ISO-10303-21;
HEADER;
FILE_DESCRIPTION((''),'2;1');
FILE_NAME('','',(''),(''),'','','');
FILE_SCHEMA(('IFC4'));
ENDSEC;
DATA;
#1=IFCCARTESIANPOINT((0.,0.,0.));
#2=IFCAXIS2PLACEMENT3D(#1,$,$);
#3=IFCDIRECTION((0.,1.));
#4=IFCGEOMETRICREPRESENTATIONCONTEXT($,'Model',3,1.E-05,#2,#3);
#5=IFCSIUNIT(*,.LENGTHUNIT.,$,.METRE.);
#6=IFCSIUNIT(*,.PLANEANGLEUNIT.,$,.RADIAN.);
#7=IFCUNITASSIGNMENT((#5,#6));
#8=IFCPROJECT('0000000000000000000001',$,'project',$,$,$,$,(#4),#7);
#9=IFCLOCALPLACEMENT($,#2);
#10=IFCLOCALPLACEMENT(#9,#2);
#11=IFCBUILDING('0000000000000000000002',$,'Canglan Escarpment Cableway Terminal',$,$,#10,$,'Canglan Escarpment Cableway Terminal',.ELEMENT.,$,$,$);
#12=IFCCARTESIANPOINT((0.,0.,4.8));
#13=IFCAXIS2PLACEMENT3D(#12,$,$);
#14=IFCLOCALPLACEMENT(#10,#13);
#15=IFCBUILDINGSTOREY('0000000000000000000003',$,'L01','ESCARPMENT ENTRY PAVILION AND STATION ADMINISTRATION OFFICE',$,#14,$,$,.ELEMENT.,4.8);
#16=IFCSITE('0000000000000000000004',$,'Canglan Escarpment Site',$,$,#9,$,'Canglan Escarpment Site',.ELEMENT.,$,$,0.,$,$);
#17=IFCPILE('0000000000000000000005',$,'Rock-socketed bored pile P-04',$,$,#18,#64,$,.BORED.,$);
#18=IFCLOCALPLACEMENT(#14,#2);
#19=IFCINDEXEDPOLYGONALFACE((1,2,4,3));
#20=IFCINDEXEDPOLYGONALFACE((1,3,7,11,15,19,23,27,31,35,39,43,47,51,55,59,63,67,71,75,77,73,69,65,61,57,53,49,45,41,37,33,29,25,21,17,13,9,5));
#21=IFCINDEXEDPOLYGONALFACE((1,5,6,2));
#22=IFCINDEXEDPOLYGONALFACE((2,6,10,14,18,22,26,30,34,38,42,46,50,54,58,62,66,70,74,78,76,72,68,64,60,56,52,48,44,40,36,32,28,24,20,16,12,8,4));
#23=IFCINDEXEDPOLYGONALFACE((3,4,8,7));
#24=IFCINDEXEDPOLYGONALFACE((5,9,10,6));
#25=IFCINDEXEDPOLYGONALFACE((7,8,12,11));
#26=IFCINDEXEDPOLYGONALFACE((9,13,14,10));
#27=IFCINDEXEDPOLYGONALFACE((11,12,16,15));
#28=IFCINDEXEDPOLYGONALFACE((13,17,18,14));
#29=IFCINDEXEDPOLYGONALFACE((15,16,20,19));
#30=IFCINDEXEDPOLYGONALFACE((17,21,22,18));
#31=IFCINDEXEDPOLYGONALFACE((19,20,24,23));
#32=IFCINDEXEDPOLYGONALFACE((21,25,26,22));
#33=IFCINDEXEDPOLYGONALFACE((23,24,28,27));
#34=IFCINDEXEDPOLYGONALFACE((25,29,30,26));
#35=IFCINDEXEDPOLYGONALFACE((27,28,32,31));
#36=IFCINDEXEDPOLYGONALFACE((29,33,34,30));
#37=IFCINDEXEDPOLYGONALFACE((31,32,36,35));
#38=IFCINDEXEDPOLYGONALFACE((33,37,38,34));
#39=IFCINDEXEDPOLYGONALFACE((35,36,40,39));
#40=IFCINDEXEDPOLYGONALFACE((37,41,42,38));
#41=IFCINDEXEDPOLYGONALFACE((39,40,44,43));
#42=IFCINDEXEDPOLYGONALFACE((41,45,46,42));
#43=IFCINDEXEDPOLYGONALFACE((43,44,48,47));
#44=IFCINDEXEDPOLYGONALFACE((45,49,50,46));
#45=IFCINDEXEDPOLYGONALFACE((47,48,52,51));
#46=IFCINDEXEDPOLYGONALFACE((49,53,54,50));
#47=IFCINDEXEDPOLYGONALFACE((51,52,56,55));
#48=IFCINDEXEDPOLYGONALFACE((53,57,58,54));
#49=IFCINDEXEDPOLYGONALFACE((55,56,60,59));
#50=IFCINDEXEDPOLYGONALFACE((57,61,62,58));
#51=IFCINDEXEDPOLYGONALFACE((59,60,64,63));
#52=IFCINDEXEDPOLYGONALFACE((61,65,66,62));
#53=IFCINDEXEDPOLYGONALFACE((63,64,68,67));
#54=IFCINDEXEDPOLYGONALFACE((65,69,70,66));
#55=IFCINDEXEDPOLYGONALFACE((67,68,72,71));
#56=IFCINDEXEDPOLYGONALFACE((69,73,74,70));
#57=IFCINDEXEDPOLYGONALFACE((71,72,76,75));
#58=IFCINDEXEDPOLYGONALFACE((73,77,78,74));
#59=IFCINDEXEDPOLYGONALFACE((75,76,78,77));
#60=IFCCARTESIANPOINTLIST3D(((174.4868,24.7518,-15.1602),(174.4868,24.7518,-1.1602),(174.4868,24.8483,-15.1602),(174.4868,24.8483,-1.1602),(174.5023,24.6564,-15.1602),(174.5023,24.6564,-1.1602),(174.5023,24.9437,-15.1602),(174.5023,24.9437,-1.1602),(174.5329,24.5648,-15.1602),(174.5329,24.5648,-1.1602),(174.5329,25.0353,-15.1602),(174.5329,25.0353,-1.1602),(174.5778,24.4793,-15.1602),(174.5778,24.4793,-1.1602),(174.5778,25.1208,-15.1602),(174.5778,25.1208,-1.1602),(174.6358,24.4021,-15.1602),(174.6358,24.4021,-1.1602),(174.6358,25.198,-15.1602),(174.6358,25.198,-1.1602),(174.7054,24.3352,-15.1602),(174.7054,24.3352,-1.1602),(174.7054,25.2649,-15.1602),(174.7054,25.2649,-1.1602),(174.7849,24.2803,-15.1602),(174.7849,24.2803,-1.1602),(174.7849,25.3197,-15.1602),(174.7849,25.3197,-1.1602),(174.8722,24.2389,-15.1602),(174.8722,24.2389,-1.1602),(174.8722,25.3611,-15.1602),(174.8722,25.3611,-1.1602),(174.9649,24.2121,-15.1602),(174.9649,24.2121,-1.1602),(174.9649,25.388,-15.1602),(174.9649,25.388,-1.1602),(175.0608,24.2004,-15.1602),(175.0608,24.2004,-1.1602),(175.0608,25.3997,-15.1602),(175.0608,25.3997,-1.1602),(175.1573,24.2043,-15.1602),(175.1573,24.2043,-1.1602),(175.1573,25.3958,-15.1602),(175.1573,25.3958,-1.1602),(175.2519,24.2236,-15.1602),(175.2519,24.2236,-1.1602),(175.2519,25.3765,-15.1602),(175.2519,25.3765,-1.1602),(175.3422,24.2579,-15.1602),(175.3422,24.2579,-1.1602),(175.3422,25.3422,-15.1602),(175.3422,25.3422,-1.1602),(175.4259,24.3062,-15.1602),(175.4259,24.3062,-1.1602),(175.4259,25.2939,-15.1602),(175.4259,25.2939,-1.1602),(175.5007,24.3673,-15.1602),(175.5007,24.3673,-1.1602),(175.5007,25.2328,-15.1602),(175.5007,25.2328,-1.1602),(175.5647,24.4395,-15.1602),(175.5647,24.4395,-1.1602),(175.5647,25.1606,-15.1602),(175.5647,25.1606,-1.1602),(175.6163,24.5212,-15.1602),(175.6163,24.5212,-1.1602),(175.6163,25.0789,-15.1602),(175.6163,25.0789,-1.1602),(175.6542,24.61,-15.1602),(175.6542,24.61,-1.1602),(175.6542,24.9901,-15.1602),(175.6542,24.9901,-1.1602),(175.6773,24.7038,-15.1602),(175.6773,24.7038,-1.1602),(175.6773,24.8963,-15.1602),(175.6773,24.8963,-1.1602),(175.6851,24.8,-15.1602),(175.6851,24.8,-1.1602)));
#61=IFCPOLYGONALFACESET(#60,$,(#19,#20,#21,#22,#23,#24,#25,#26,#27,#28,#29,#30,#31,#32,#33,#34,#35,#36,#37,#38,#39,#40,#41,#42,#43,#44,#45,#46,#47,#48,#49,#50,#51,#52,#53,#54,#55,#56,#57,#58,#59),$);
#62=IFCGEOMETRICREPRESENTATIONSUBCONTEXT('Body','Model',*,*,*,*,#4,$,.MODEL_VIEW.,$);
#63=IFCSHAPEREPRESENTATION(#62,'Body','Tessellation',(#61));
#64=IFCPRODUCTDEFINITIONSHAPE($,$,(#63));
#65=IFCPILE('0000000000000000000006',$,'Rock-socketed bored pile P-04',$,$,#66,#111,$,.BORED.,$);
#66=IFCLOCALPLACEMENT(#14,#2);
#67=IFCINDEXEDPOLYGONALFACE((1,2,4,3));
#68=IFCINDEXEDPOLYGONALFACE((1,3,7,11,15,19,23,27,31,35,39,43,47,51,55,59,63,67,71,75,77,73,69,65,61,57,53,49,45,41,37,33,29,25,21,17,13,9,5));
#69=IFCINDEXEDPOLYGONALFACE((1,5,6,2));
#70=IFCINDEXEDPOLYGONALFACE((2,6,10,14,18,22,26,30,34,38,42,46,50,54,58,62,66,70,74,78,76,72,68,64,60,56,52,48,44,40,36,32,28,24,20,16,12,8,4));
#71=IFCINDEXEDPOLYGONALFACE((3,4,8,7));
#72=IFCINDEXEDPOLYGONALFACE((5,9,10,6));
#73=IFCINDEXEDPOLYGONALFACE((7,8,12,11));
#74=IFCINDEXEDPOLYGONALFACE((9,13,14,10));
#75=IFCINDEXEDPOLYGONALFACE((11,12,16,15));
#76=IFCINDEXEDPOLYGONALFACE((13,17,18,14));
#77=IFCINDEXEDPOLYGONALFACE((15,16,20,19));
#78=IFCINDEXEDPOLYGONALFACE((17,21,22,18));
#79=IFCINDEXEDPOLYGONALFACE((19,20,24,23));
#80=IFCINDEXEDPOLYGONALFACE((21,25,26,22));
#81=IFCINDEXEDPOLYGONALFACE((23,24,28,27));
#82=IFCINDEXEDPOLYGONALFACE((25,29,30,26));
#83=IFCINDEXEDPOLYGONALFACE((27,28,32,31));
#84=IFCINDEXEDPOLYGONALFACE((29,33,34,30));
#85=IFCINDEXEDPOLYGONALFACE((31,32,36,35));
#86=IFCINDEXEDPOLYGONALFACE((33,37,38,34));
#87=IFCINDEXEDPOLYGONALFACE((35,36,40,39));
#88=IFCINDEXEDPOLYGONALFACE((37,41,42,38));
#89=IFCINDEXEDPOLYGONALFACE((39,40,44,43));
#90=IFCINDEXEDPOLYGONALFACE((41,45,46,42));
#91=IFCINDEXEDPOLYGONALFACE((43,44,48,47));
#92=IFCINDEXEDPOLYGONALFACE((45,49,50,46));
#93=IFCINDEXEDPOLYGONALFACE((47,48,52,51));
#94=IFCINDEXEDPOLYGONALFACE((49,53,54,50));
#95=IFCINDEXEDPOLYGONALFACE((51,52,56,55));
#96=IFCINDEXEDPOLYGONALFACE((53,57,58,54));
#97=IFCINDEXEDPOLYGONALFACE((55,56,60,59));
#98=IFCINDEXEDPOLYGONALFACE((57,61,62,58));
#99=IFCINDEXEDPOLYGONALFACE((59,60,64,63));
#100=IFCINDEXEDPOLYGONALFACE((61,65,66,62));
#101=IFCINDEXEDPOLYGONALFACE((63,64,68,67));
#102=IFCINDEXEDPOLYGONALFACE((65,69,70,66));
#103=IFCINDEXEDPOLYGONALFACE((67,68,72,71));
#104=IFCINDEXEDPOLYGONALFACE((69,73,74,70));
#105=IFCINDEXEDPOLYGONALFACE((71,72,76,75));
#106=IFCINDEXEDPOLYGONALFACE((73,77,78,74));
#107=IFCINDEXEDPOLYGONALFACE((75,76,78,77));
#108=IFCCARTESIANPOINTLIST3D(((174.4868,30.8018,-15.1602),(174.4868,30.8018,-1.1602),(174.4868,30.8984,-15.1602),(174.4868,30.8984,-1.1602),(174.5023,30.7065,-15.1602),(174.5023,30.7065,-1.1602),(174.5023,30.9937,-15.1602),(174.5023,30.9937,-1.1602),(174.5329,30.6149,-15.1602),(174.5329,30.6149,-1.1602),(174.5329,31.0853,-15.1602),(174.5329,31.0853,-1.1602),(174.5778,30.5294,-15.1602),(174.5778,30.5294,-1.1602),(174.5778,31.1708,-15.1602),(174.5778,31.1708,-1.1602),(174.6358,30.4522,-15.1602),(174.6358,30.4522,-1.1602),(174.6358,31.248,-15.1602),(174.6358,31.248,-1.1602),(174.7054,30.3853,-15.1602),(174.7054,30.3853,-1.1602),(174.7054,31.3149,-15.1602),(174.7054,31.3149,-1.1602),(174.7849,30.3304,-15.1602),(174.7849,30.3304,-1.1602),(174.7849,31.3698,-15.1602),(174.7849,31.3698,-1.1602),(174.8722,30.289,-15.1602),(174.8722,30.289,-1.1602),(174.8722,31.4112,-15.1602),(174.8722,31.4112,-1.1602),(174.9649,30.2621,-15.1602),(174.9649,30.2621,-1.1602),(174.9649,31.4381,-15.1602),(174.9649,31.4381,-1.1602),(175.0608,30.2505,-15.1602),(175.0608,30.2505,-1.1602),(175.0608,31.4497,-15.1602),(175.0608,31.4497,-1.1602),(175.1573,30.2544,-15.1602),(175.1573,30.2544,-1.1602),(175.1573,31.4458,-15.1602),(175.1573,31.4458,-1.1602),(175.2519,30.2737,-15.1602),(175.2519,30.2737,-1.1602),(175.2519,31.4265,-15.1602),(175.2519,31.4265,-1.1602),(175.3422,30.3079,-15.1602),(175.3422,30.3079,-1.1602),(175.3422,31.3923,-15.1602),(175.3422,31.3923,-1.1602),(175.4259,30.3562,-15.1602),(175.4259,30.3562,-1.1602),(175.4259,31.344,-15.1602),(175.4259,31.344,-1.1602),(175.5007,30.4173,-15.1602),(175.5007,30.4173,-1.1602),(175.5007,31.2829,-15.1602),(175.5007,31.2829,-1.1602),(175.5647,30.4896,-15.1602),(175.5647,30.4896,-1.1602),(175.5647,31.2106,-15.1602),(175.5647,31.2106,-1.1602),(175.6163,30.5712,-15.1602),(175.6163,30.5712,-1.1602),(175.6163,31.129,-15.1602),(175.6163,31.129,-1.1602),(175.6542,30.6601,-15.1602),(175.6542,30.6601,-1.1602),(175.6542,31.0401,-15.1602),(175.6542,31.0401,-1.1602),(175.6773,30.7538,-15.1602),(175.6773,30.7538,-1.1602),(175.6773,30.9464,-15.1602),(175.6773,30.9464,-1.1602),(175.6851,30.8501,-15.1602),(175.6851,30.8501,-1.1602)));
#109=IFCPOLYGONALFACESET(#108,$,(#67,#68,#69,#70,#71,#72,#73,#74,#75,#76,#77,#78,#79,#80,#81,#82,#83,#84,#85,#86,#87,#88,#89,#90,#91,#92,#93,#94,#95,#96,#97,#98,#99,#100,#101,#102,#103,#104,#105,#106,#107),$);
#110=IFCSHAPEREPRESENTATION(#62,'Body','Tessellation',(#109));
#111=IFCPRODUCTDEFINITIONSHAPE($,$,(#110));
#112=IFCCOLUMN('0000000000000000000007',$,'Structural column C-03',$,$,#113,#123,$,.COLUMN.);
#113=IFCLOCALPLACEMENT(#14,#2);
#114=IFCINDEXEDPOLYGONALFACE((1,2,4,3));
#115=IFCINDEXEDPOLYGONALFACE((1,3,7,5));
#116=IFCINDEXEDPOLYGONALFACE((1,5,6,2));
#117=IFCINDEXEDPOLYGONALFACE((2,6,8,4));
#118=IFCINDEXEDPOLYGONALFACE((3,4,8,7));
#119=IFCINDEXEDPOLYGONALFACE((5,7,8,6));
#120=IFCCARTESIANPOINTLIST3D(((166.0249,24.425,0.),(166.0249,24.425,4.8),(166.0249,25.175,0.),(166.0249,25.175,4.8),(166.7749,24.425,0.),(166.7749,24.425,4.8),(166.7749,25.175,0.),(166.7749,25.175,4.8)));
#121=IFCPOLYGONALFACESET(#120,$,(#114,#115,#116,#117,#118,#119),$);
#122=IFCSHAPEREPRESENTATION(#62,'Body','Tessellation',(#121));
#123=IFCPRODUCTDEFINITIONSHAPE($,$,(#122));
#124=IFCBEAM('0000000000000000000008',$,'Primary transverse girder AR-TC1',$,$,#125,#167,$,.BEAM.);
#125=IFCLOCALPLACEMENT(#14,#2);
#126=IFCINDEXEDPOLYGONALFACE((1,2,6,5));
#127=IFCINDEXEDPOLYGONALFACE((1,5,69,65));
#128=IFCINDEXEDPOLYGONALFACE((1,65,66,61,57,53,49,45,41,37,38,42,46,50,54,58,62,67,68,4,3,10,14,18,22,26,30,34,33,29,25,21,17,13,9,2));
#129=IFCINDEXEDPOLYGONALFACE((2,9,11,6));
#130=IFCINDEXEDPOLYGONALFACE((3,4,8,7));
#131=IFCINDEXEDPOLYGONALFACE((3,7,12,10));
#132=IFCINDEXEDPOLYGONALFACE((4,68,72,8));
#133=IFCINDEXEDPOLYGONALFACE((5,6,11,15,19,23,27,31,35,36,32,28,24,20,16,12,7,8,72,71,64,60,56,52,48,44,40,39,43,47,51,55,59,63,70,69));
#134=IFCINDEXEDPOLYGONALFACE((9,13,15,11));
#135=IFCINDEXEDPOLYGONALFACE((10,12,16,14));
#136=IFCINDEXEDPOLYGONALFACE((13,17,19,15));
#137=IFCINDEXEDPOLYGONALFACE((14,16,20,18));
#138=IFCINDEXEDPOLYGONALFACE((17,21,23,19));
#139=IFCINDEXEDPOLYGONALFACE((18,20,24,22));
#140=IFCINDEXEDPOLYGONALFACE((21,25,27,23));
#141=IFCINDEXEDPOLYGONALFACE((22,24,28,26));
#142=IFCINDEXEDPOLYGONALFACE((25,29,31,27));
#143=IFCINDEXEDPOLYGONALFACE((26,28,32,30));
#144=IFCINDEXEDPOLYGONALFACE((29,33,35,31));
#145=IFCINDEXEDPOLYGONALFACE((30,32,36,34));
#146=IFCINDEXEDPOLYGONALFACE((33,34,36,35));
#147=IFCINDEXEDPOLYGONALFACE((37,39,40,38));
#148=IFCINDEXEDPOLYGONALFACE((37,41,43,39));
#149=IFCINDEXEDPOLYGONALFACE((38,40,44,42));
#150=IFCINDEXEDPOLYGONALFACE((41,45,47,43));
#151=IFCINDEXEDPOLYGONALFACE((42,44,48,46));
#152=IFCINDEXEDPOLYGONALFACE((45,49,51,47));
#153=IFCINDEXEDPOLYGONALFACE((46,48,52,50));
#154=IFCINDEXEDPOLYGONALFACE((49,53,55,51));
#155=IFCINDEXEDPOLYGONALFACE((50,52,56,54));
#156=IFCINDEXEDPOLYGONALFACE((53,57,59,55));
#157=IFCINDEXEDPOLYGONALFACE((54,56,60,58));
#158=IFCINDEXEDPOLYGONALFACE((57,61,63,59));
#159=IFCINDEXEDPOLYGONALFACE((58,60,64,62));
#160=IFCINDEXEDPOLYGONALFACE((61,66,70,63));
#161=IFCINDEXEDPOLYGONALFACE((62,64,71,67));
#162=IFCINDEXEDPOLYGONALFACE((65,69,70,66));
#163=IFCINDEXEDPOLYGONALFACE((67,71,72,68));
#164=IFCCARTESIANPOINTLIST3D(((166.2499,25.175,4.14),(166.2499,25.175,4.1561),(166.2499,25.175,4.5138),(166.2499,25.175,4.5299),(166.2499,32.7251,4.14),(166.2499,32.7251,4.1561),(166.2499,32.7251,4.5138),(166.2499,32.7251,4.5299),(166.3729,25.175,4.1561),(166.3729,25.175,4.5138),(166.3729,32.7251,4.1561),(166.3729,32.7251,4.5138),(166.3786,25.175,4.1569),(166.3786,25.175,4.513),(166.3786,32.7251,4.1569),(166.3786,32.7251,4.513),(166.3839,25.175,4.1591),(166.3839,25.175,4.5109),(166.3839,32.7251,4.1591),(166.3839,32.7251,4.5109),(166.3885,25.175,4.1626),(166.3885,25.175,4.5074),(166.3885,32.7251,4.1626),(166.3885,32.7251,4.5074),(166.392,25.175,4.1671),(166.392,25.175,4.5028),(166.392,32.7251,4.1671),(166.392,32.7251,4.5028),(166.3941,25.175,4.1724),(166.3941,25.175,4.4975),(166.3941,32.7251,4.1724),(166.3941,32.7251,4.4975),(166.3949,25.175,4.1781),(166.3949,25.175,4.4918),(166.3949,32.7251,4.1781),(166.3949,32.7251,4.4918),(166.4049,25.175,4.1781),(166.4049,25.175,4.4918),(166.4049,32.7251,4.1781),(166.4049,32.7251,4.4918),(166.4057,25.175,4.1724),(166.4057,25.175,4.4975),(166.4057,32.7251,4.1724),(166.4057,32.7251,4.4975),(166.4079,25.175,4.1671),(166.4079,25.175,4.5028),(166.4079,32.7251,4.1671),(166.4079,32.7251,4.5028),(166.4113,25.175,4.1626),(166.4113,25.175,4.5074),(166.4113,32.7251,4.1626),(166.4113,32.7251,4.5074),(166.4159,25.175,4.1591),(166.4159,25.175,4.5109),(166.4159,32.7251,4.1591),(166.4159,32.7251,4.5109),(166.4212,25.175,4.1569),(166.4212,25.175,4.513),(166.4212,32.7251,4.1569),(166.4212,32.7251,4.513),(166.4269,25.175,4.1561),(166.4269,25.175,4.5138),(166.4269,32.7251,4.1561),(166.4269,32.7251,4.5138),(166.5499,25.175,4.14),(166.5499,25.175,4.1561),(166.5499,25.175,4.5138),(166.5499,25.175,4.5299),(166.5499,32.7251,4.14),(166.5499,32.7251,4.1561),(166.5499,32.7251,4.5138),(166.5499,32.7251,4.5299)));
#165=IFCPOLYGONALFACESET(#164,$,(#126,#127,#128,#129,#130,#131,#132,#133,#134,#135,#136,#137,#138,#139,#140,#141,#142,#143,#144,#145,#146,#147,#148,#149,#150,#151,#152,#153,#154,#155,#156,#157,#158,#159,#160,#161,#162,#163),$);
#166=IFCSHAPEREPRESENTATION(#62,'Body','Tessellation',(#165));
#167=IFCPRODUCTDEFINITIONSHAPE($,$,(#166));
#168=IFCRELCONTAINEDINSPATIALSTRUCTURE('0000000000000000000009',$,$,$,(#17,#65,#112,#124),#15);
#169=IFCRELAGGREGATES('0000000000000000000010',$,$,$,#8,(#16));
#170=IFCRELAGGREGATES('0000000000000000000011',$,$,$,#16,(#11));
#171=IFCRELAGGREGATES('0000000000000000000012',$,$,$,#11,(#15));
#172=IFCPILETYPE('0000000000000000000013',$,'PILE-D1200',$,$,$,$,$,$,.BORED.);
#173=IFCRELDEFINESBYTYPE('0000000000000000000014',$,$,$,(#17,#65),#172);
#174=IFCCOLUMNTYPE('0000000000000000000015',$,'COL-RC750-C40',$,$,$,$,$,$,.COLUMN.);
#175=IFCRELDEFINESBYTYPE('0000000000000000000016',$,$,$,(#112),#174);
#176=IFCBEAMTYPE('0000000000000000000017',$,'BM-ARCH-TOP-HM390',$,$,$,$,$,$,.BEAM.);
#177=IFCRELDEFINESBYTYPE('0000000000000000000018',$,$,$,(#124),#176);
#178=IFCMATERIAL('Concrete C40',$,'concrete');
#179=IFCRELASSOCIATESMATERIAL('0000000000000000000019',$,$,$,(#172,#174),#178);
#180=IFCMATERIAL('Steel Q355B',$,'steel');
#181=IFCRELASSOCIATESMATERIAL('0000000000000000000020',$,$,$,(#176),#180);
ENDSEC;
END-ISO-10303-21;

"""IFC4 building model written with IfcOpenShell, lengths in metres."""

from ifc_helpers import new_model, si_unit, direction, frame, origin, origin_2d, place, context, subcontext, project, spatial, rectangle, circle, i_section, extrude, material, material_profile, profile_set, type_object, element, save


model = new_model("IFC4")

# Units and contexts
model_context = context("Model", 3, precision=1e-05, world=origin(), true_north=direction((0.0, 1.0)))
body_context = subcontext(model_context, "Body", "Model", "MODEL_VIEW")
ifc_project = project(units=[si_unit("LENGTHUNIT", "METRE"), si_unit("PLANEANGLEUNIT", "RADIAN")], contexts=[model_context])

# Site, building, storey
site_placement = place(None, origin())
site = spatial("IfcSite", under=ifc_project, at=site_placement, Name="Canglan Escarpment Site", LongName="Canglan Escarpment Site", CompositionType="ELEMENT", RefElevation=0.0)
building_placement = place(site_placement, origin())
building = spatial("IfcBuilding", under=site, at=building_placement, Name="Canglan Escarpment Cableway Terminal", LongName="Canglan Escarpment Cableway Terminal", CompositionType="ELEMENT")
storey_placement = place(building_placement, frame((0.0, 0.0, 4.8)))
storey = spatial("IfcBuildingStorey", under=building, at=storey_placement, Name="L01", Description="ESCARPMENT ENTRY PAVILION AND STATION ADMINISTRATION OFFICE", CompositionType="ELEMENT", Elevation=4.8)

# Shared definitions
ifc_material_1 = material(Name="Concrete C40", Category="concrete")

# Piles
ifc_material_profile_1 = material_profile(ifc_material_1, circle(Radius=0.6001, at=origin_2d()), Name="BORED PILE D1200")
ifc_profile_set_1 = profile_set([ifc_material_profile_1], Name="Concrete C40")
pile_type = type_object("IfcPileType", Name="PILE-D1200", PredefinedType="BORED", material=ifc_profile_set_1)
for number, where, z_axis, x_axis, name in (
    (1, (175.085, 24.8, -1.1602), (0.0, 0.0, -1.0), (1.0, 0.0, 0.0), "Rock-socketed bored pile P-04"),
    (2, (175.085, 30.8501, -1.1602), (0.0, 0.0, -1.0), (1.0, 0.0, 0.0), "Rock-socketed bored pile P-04"),
):
    element("IfcPile", number, at=place(storey_placement, frame(where, z_axis=z_axis, x_axis=x_axis)), inside=storey, type_object=pile_type, Name=name, PredefinedType="BORED", context=body_context, shape_type="SweptSolid", body=[
        extrude(circle(Radius=0.6001, at=origin_2d()), origin(), (0.0, 0.0, 1.0), 14.0),
    ])

# Column
ifc_material_profile_2 = material_profile(ifc_material_1, rectangle(XDim=0.75, YDim=0.75, at=origin_2d()), Name="RC 750x750")
ifc_profile_set_2 = profile_set([ifc_material_profile_2], Name="Concrete C40")
column_type = type_object("IfcColumnType", Name="COL-RC750-C40", PredefinedType="COLUMN", material=ifc_profile_set_2)
column_placement = place(storey_placement, frame((166.3999, 24.8, 0.0), z_axis=(0.0, 0.0, 1.0), x_axis=(1.0, 0.0, 0.0)))
element("IfcColumn", 3, at=column_placement, inside=storey, type_object=column_type, Name="Structural column C-03", PredefinedType="COLUMN", context=body_context, shape_type="SweptSolid", body=[
    extrude(rectangle(XDim=0.75, YDim=0.75, at=origin_2d()), origin(), (0.0, 0.0, 1.0), 4.8),
])

# Beam
ifc_material_2 = material(Name="Steel Q355B", Category="steel")
ifc_material_profile_3 = material_profile(ifc_material_2, i_section(OverallWidth=0.3, OverallDepth=0.3899, WebThickness=0.01, FlangeThickness=0.0161, FilletRadius=0.022, at=origin_2d()), Name="HM 390x300x10x16")
ifc_profile_set_3 = profile_set([ifc_material_profile_3], Name="Steel Q355B")
beam_type_1 = type_object("IfcBeamType", Name="BM-ARCH-TOP-HM390", PredefinedType="BEAM", material=ifc_profile_set_3)
beam_1_placement = place(storey_placement, frame((166.3999, 25.175, 4.335), z_axis=(0.0, 1.0, 0.0), x_axis=(-1.0, 0.0, 0.0)))
element("IfcBeam", 4, at=beam_1_placement, inside=storey, type_object=beam_type_1, Name="Primary transverse girder AR-TC1", PredefinedType="BEAM", context=body_context, shape_type="SweptSolid", body=[
    extrude(i_section(OverallWidth=0.3, OverallDepth=0.3899, WebThickness=0.01, FlangeThickness=0.0161, FilletRadius=0.022, at=origin_2d()), origin(), (0.0, 0.0, 1.0), 7.55),
])

save(model, "model.ifc")
